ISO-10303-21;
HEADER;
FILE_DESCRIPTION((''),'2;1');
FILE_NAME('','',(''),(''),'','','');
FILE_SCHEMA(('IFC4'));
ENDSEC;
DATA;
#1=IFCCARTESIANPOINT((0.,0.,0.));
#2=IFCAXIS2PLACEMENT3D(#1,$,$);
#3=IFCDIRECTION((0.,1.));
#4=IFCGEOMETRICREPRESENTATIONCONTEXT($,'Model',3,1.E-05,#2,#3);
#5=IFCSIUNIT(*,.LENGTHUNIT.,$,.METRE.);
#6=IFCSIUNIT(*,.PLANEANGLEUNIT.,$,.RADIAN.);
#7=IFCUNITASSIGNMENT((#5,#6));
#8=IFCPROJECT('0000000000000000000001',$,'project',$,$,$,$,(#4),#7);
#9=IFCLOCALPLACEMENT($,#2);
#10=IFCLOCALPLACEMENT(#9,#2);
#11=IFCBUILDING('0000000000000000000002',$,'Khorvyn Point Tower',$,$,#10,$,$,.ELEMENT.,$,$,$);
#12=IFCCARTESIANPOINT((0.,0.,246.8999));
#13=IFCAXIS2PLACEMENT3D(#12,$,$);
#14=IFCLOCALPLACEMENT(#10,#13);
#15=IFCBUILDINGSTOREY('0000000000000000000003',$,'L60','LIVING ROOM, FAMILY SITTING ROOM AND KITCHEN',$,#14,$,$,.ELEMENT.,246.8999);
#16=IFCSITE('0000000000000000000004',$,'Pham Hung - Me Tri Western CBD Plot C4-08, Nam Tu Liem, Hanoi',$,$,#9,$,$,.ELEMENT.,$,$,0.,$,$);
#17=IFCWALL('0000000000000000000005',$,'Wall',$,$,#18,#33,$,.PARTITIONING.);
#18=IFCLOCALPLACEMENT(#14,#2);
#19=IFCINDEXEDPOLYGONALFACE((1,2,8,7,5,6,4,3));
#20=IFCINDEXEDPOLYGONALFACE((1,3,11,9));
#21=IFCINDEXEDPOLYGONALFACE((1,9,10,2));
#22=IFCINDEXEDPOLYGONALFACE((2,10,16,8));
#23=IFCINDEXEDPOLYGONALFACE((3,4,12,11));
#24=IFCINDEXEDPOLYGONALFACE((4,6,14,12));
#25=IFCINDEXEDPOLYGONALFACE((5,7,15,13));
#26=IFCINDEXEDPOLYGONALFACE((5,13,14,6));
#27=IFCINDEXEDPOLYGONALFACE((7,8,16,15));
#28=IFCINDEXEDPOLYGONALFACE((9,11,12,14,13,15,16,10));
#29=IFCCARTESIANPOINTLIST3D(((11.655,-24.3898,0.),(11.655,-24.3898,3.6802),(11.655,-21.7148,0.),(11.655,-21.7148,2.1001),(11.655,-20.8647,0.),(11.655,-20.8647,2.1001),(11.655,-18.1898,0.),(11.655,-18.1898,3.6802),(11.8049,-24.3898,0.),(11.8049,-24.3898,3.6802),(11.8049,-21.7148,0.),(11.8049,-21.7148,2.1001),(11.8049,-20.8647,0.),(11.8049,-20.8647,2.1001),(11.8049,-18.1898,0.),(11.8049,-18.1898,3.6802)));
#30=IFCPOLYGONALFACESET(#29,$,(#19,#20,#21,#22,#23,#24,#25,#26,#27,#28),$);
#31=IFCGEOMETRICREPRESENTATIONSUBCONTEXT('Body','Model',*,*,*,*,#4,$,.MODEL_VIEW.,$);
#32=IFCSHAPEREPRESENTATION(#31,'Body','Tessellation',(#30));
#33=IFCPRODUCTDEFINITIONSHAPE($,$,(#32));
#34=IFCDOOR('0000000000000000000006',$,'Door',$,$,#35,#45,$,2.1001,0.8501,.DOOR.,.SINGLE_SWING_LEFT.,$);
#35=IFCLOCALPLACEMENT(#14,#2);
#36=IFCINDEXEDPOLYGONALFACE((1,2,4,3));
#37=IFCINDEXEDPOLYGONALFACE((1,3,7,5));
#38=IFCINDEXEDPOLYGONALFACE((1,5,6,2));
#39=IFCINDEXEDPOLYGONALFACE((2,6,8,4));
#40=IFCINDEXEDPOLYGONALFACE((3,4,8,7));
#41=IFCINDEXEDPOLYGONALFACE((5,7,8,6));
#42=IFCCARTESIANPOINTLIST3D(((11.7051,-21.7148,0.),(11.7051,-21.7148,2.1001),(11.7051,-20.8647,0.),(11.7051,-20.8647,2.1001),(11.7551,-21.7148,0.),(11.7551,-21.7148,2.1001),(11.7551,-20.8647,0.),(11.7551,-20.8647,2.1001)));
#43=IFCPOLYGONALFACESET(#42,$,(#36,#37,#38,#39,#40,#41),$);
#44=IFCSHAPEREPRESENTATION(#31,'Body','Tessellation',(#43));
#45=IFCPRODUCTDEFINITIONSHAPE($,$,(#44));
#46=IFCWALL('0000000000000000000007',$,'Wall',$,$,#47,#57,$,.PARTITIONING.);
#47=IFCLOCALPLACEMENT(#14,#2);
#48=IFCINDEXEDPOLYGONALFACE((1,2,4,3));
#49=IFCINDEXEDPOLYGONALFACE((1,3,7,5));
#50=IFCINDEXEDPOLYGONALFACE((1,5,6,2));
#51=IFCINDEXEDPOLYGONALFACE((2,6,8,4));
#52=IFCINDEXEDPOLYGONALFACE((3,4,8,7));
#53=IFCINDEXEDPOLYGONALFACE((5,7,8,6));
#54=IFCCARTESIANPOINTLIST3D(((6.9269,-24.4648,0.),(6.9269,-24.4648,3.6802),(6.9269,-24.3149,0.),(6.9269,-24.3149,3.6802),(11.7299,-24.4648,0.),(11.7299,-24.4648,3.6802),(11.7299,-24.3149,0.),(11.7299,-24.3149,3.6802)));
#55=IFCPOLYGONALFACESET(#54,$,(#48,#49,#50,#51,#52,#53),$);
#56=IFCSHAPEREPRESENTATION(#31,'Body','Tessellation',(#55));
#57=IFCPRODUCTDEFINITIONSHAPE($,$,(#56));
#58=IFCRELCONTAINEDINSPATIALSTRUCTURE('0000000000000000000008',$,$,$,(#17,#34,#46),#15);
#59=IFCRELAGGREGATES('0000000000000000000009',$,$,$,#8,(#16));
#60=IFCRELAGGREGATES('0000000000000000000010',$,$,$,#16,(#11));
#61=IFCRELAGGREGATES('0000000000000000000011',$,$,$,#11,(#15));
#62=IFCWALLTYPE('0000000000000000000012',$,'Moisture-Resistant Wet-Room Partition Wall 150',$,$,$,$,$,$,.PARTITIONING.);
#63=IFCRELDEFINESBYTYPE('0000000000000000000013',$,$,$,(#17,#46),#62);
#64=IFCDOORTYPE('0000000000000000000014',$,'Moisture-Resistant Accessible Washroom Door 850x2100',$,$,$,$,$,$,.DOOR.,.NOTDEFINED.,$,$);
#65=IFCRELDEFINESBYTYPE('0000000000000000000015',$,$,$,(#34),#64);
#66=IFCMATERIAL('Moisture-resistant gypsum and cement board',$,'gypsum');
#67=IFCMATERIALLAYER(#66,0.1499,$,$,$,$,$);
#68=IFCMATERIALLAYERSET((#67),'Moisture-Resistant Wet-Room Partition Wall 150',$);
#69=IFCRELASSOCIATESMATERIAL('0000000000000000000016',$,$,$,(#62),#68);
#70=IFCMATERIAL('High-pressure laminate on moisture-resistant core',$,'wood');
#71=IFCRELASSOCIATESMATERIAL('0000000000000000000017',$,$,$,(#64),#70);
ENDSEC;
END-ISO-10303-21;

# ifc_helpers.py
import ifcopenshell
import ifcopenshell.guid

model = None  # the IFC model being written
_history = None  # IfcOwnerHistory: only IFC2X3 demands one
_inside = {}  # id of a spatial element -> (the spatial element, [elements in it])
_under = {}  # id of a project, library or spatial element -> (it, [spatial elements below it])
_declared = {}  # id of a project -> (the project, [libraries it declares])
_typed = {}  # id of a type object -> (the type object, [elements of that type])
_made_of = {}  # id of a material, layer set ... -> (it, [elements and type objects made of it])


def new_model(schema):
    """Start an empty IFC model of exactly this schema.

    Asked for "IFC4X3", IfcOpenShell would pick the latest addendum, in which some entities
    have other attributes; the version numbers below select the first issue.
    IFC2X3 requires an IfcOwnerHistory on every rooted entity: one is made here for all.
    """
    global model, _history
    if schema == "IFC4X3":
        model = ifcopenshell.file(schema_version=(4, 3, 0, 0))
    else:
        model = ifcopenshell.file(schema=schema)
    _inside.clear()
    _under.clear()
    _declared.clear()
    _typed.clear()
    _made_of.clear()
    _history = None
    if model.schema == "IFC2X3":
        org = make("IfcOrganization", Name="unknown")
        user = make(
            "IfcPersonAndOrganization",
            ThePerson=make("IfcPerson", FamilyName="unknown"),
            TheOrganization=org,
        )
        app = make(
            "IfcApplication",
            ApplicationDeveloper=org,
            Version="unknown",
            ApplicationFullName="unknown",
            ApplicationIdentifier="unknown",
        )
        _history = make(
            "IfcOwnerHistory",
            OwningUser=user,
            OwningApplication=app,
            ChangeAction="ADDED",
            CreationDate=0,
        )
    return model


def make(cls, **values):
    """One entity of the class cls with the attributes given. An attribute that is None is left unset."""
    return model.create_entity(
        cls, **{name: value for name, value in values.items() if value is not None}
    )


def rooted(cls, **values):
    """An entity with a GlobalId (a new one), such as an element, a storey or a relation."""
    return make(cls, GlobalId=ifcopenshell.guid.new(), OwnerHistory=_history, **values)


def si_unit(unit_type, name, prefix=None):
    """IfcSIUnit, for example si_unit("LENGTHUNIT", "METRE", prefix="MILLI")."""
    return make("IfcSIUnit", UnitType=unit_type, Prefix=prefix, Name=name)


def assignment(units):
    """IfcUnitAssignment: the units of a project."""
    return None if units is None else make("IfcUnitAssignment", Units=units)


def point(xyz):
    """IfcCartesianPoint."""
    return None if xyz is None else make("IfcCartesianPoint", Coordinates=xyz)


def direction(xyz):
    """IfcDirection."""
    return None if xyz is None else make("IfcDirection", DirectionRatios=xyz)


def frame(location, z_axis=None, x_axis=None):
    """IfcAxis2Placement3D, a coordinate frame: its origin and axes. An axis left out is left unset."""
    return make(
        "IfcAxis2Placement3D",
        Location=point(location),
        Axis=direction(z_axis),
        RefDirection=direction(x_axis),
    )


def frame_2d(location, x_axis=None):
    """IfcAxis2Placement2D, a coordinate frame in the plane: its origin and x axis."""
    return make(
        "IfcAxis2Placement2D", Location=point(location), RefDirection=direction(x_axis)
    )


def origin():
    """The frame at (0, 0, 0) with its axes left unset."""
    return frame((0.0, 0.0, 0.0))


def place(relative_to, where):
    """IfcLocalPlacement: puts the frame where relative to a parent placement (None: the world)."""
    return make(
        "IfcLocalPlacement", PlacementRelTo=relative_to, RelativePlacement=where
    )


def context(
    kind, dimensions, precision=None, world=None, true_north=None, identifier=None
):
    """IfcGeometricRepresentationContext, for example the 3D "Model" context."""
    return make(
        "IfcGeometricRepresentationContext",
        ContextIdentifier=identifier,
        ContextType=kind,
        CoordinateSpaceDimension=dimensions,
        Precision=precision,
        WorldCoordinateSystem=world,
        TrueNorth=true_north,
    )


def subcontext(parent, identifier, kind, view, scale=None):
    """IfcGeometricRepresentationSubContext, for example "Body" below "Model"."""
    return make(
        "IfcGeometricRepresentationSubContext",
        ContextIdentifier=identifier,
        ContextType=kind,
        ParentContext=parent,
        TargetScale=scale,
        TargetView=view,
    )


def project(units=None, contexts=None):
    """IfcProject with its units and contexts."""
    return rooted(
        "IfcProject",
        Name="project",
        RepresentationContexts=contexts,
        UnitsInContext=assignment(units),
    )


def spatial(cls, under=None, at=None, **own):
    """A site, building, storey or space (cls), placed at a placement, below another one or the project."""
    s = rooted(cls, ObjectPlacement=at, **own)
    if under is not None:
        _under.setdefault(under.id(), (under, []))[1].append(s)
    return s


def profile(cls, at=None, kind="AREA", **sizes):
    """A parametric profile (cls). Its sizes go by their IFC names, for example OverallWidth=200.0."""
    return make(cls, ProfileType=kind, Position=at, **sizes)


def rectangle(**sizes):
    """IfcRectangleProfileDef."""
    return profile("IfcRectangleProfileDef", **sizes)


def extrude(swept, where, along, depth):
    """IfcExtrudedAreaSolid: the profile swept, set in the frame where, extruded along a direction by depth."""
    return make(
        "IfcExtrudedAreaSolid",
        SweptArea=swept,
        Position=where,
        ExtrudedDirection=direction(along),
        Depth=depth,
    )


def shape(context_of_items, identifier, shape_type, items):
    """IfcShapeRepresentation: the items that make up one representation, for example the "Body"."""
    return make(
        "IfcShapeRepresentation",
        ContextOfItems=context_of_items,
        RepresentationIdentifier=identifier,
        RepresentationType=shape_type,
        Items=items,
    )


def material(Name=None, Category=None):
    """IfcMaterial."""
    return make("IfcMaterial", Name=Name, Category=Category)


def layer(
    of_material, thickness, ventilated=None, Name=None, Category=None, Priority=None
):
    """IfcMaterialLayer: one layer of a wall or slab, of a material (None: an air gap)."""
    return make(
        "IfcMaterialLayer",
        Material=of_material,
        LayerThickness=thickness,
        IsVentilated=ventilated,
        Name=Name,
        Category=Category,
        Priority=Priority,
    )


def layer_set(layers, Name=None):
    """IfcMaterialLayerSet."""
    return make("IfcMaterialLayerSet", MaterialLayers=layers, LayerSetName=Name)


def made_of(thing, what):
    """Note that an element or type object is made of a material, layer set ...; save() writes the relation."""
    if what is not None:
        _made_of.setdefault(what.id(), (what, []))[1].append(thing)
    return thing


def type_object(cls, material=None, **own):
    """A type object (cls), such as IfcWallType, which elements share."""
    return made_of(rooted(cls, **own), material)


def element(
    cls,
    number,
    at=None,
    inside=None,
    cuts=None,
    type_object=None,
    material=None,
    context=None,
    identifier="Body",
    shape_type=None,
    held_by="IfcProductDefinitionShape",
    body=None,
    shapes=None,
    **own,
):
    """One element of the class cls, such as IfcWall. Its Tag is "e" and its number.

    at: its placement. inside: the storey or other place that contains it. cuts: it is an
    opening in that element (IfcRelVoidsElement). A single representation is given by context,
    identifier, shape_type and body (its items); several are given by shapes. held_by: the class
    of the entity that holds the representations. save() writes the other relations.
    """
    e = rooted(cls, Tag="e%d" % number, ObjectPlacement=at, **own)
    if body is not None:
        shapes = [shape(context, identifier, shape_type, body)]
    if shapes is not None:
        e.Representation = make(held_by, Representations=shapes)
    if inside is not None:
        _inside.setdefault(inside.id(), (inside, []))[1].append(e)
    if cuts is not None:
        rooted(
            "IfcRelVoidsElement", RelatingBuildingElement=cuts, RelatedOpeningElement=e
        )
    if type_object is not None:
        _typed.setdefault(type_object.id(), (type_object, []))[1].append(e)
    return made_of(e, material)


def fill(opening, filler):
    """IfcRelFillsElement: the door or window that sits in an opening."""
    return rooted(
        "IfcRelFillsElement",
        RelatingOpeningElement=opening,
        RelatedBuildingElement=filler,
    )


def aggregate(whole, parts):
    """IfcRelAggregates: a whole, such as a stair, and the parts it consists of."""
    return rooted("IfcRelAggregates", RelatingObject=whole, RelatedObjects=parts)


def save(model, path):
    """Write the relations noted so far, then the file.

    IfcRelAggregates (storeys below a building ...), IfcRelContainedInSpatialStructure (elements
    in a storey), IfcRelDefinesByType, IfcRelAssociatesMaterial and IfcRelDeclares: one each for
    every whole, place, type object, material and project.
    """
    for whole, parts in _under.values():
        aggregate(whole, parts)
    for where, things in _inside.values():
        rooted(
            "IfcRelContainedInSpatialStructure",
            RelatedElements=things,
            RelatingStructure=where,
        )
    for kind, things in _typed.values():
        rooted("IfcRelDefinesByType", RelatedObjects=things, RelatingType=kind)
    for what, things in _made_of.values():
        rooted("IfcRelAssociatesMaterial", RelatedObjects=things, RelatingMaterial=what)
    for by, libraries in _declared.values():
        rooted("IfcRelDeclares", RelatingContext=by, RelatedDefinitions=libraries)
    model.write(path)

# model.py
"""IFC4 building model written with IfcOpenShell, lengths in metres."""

from ifc_helpers import new_model, si_unit, direction, frame, frame_2d, origin, place, context, subcontext, project, spatial, rectangle, extrude, material, layer, layer_set, type_object, element, fill, save


model = new_model("IFC4")

# Units and contexts
model_context = context("Model", 3, precision=1e-05, world=origin(), true_north=direction((0.0, 1.0)))
body_context = subcontext(model_context, "Body", "Model", "MODEL_VIEW")
ifc_project = project(units=[si_unit("LENGTHUNIT", "METRE"), si_unit("PLANEANGLEUNIT", "RADIAN")], contexts=[model_context])

# Site, building, storey
site_placement = place(None, origin())
site = spatial("IfcSite", under=ifc_project, at=site_placement, Name="Pham Hung - Me Tri Western CBD Plot C4-08, Nam Tu Liem, Hanoi", CompositionType="ELEMENT", RefElevation=0.0)
building_placement = place(site_placement, origin())
building = spatial("IfcBuilding", under=site, at=building_placement, Name="Khorvyn Point Tower", CompositionType="ELEMENT")
storey_placement = place(building_placement, frame((0.0, 0.0, 246.8999)))
storey = spatial("IfcBuildingStorey", under=building, at=storey_placement, Name="L60", Description="LIVING ROOM, FAMILY SITTING ROOM AND KITCHEN", CompositionType="ELEMENT", Elevation=246.8999)

# Wall, opening, door
ifc_material_1 = material(Name="Moisture-resistant gypsum and cement board", Category="gypsum")
ifc_layer_1 = layer(ifc_material_1, 0.1499)
ifc_layer_set_1 = layer_set([ifc_layer_1], Name="Moisture-Resistant Wet-Room Partition Wall 150")
wall_type_1 = type_object("IfcWallType", Name="Moisture-Resistant Wet-Room Partition Wall 150", PredefinedType="PARTITIONING", material=ifc_layer_set_1)
wall_1_placement = place(storey_placement, frame((11.73, -24.3899, 0.0), z_axis=(0.0, 0.0, 1.0), x_axis=(0.0, 1.0, 0.0)))
wall_1 = element("IfcWall", 1, at=wall_1_placement, inside=storey, type_object=wall_type_1, Name="Wall", PredefinedType="PARTITIONING", context=body_context, shape_type="SweptSolid", body=[
    extrude(rectangle(XDim=6.2, YDim=0.1499, at=frame_2d((3.1001, 0.0))), origin(), (0.0, 0.0, 1.0), 3.6802),
])
opening_1_placement = place(wall_1_placement, frame((2.675, 0.0, 0.0)))
opening_1 = element("IfcOpeningElement", 2, at=opening_1_placement, cuts=wall_1, PredefinedType="OPENING", context=body_context, shape_type="SweptSolid", body=[
    extrude(rectangle(XDim=0.8501, YDim=2.1001, at=frame_2d((0.425, 1.05))), frame((0.0, 0.085, 0.0), z_axis=(0.0, -1.0, 0.0), x_axis=(1.0, 0.0, 0.0)), (0.0, 0.0, 1.0), 0.1699),
])
ifc_material_2 = material(Name="High-pressure laminate on moisture-resistant core", Category="wood")
door_type_1 = type_object("IfcDoorType", Name="Moisture-Resistant Accessible Washroom Door 850x2100", OperationType="NOTDEFINED", PredefinedType="DOOR", material=ifc_material_2)
door_1_placement = place(opening_1_placement, origin())
door_1 = element("IfcDoor", 3, at=door_1_placement, inside=storey, type_object=door_type_1, Name="Door", OperationType="SINGLE_SWING_LEFT", OverallHeight=2.1001, OverallWidth=0.8501, PredefinedType="DOOR", context=body_context, shape_type="SweptSolid", body=[
    extrude(rectangle(XDim=0.8501, YDim=2.1001, at=frame_2d((0.425, 1.05))), frame((0.0, 0.0249, 0.0), z_axis=(0.0, -1.0, 0.0), x_axis=(1.0, 0.0, 0.0)), (0.0, 0.0, 1.0), 0.05),
])
fill(opening_1, door_1)

# Wall
wall_2_placement = place(storey_placement, frame((6.927, -24.3899, 0.0), z_axis=(0.0, 0.0, 1.0), x_axis=(1.0, 0.0, 0.0)))
element("IfcWall", 4, at=wall_2_placement, inside=storey, type_object=wall_type_1, Name="Wall", PredefinedType="PARTITIONING", context=body_context, shape_type="SweptSolid", body=[
    extrude(rectangle(XDim=4.803, YDim=0.1499, at=frame_2d((2.4014, 0.0))), origin(), (0.0, 0.0, 1.0), 3.6802),
])

save(model, "model.ifc")
